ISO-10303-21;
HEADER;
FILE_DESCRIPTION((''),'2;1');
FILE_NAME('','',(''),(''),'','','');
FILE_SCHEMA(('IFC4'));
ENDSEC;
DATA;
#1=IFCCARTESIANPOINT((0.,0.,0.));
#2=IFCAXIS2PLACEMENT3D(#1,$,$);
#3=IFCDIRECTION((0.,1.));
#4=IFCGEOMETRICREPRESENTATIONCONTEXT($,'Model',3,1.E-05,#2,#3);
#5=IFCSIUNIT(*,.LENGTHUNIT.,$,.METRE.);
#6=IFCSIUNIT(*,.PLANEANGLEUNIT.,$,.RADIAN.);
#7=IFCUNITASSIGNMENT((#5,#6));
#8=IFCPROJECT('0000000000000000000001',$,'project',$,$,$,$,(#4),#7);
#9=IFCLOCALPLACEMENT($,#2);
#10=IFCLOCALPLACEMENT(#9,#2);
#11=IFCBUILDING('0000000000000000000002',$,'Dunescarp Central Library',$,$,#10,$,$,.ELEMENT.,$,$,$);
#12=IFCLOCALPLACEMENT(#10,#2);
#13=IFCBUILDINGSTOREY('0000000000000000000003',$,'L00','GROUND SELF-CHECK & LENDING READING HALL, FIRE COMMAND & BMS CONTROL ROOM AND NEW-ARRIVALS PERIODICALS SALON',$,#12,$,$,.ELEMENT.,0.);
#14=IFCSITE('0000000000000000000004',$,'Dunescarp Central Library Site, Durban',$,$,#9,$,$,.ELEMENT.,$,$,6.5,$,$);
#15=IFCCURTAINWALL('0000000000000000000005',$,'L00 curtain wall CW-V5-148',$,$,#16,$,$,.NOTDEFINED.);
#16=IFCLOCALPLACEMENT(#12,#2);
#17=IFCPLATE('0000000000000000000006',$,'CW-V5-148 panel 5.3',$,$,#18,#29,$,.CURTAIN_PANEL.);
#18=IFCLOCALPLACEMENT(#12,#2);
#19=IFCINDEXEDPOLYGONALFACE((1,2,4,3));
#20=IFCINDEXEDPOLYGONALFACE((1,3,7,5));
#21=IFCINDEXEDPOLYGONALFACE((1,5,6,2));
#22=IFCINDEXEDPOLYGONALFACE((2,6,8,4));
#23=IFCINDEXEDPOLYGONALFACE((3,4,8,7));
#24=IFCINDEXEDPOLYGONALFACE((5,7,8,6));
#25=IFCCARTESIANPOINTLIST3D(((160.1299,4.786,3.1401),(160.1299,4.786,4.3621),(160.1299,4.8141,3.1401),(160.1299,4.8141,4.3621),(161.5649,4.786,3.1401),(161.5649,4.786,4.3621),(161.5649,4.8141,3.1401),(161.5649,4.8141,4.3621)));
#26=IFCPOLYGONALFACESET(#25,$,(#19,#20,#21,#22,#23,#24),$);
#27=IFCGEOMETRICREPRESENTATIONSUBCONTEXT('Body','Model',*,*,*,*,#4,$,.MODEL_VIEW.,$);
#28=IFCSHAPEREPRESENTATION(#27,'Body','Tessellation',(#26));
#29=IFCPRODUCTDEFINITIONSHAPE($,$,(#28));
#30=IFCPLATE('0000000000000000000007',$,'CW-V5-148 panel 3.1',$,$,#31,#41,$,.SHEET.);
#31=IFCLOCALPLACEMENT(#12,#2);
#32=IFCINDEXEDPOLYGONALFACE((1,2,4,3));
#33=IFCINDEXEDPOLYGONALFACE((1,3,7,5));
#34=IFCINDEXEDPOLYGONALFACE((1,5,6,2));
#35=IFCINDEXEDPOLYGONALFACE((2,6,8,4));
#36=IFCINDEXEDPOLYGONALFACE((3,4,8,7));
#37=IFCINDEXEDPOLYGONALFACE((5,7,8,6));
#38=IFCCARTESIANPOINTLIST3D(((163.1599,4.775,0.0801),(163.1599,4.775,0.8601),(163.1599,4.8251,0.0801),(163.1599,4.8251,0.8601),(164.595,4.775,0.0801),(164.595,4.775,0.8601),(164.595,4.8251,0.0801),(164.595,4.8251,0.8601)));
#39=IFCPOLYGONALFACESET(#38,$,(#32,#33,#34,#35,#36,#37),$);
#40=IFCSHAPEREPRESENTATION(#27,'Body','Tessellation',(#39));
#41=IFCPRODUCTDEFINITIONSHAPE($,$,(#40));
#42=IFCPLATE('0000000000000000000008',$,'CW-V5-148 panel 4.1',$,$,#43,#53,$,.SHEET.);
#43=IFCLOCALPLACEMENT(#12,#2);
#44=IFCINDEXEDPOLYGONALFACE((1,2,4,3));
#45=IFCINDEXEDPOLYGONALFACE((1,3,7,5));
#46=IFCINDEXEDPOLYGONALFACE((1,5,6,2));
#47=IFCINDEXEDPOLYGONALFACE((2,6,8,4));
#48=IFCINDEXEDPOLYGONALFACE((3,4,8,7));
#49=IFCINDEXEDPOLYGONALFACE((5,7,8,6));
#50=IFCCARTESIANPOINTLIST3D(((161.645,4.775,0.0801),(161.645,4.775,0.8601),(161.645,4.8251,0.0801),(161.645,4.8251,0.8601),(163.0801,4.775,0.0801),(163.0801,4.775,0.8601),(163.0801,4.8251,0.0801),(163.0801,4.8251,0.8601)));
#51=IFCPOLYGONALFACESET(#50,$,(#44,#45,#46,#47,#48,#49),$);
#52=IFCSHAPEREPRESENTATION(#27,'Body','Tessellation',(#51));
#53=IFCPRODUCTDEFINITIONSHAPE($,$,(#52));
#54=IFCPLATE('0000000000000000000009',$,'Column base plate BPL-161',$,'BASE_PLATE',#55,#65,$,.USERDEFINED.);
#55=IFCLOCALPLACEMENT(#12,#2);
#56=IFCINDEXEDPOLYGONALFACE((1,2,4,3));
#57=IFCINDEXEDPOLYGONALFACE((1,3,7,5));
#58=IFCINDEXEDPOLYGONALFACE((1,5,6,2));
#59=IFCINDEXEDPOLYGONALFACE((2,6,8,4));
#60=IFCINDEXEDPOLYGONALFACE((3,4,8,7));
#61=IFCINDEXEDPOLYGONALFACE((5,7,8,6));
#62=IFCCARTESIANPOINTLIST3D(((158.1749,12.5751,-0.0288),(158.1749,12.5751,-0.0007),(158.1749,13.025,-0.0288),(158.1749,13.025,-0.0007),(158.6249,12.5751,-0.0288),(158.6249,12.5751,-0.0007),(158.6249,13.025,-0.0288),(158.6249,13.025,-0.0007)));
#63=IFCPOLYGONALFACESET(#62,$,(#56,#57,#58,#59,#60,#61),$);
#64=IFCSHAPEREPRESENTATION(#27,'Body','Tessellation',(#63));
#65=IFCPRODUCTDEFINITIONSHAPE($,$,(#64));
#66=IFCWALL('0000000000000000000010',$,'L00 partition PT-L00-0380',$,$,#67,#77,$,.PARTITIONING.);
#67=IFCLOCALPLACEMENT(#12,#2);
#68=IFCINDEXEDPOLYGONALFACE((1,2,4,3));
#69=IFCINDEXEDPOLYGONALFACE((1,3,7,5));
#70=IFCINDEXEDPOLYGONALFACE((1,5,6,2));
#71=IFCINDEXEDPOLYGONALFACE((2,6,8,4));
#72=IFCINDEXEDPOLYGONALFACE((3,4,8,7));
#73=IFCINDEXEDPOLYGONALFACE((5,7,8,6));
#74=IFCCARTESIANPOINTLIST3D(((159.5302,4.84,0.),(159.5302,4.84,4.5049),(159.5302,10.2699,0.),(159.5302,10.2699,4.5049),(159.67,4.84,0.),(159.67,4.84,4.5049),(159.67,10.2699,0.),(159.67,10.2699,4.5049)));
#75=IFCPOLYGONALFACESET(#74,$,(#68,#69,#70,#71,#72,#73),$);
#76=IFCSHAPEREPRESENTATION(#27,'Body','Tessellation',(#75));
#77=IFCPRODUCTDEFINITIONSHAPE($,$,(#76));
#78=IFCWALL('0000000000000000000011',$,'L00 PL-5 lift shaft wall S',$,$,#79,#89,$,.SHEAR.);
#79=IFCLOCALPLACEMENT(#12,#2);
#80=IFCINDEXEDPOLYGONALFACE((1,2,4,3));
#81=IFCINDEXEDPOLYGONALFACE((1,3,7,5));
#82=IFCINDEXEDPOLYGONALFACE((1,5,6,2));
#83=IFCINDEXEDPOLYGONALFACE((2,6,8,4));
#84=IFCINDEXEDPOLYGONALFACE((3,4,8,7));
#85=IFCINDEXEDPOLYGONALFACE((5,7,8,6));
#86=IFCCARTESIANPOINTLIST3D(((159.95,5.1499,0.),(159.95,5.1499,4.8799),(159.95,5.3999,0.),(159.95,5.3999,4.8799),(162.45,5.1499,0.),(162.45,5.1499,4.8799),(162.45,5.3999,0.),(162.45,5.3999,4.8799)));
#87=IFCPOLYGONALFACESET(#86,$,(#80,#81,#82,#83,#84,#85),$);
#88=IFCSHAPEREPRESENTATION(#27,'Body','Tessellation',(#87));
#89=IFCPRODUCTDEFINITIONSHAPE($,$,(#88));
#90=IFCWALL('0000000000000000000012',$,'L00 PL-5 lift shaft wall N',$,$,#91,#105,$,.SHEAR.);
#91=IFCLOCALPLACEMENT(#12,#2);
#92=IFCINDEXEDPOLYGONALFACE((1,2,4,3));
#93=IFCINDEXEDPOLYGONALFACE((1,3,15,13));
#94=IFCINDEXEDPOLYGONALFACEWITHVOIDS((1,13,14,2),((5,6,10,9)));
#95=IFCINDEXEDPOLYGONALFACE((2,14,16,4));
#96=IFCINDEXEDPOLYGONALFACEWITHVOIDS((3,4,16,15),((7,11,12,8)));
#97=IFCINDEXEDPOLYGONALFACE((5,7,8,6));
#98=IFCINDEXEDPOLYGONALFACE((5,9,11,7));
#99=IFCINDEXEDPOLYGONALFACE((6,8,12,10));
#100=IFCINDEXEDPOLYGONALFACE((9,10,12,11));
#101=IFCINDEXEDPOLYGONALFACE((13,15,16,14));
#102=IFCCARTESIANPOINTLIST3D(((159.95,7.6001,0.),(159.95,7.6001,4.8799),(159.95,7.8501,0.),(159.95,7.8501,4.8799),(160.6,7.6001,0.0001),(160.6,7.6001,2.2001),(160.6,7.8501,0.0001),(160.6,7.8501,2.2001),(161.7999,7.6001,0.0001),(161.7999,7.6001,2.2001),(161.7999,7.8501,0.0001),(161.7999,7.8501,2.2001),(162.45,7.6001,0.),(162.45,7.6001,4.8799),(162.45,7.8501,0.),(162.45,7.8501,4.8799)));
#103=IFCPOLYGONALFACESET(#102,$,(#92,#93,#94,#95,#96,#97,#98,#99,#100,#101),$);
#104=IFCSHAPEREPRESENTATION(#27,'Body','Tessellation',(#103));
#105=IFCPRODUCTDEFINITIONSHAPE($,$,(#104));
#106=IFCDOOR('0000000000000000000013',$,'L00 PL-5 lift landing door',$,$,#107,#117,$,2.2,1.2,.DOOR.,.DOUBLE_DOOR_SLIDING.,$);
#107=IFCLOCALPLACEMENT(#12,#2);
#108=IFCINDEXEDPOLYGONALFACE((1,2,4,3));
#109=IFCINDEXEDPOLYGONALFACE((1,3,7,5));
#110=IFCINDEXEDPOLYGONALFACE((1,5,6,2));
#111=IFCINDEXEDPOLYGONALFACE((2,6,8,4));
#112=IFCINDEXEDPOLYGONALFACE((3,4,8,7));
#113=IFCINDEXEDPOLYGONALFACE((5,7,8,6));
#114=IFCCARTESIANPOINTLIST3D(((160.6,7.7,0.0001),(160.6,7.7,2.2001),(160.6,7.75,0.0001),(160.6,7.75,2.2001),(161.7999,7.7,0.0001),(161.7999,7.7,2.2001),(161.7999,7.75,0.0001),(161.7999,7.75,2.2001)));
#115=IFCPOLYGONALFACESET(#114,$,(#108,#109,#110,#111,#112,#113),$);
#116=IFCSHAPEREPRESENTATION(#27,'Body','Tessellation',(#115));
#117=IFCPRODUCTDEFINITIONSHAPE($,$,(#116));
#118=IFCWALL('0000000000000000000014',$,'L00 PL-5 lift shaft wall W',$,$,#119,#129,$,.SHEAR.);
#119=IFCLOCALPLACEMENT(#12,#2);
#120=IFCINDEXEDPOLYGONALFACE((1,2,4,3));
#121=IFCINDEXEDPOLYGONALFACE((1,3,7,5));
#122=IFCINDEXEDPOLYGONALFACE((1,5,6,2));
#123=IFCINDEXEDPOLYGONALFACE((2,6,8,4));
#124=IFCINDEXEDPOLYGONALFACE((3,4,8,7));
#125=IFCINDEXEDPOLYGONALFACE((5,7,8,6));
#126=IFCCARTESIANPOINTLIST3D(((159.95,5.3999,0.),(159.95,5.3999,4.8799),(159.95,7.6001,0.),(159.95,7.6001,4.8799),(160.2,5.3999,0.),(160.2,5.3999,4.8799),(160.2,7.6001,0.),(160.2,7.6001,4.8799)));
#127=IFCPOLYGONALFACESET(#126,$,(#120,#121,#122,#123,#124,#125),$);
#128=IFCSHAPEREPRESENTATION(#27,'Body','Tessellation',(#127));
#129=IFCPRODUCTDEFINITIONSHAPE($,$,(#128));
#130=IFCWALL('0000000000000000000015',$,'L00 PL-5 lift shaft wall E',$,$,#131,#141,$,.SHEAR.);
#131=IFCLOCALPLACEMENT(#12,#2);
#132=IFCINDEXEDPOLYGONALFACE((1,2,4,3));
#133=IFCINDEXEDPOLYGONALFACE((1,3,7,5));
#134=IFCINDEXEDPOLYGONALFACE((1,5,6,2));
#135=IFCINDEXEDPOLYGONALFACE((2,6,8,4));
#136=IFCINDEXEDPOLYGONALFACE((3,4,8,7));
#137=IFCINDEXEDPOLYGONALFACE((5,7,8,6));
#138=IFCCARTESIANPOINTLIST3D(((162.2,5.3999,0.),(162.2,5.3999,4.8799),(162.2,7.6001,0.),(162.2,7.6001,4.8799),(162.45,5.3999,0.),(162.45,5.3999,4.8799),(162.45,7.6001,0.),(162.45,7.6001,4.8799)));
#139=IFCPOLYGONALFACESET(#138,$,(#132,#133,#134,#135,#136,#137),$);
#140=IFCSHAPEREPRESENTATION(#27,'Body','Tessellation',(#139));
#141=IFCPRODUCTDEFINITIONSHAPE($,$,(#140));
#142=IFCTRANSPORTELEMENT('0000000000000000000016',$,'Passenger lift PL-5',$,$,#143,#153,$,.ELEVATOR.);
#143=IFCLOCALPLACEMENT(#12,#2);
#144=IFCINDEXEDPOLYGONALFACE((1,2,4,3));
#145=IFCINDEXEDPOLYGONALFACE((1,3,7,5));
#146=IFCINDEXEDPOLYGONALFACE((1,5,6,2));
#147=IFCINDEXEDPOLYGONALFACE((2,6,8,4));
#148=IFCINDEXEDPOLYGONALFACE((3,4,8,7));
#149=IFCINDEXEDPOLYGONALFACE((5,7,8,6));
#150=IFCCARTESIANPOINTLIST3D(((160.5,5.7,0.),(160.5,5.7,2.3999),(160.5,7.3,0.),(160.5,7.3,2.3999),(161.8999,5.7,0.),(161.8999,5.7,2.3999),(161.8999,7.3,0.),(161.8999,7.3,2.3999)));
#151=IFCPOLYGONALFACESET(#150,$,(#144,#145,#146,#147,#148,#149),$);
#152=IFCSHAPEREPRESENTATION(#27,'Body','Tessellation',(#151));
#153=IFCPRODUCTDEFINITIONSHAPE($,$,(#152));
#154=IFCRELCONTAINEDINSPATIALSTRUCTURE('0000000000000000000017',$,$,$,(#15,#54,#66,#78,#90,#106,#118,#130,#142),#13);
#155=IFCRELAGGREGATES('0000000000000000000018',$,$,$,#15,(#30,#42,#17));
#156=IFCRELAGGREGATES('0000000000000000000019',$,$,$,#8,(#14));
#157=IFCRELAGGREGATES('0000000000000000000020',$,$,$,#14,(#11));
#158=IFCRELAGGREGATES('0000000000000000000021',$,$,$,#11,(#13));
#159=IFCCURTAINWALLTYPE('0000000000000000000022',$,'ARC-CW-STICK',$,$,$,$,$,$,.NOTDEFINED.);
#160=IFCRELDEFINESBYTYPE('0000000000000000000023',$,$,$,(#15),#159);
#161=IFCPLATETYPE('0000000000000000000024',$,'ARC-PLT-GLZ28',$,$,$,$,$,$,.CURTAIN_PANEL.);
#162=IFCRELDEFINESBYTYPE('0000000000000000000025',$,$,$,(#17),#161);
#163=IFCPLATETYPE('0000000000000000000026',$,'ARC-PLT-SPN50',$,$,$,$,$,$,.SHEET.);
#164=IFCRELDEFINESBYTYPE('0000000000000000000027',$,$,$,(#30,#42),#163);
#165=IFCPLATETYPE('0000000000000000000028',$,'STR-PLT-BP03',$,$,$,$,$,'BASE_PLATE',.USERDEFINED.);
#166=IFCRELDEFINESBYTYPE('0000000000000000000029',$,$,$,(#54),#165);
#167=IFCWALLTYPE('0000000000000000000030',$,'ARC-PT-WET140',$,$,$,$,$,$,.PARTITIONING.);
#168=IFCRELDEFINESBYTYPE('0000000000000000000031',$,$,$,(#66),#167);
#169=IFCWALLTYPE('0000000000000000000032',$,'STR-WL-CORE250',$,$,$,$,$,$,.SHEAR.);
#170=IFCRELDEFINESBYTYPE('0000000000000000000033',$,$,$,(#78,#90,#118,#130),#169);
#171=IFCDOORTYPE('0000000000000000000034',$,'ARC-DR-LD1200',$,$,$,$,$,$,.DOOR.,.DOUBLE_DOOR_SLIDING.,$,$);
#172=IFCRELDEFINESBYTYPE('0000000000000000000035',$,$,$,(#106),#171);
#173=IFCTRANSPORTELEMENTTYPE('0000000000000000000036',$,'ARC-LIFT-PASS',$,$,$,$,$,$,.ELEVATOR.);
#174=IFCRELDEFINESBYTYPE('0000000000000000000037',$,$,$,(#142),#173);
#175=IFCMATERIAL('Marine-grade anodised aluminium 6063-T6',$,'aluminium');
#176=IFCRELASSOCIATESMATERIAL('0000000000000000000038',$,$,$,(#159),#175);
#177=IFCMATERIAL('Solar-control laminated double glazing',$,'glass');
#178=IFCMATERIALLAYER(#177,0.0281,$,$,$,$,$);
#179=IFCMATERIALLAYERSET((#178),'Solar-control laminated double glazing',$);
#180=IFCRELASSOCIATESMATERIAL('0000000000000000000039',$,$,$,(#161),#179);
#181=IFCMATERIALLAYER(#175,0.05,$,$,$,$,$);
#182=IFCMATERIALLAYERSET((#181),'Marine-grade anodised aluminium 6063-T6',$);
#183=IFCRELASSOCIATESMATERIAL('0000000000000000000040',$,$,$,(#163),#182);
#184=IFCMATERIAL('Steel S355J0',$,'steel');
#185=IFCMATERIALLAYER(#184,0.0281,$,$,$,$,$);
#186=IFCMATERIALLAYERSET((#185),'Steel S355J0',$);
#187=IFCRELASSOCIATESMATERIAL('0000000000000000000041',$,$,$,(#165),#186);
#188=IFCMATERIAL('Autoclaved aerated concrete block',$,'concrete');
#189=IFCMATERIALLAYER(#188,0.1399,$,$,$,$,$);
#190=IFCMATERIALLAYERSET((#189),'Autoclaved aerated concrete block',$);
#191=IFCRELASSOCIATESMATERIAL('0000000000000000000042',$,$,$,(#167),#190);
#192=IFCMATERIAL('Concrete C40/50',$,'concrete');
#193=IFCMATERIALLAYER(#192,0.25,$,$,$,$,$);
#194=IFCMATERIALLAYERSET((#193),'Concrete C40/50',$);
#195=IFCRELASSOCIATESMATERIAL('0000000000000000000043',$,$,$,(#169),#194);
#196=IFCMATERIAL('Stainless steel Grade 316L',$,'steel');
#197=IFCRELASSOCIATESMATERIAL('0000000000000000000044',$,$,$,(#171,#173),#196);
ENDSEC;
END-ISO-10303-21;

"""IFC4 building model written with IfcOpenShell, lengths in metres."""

from ifc_helpers import new_model, si_unit, direction, frame, frame_2d, origin, origin_2d, place, context, subcontext, project, spatial, rectangle, extrude, material, layer, layer_set, type_object, element, fill, aggregate, save


model = new_model("IFC4")

# Units and contexts
model_context = context("Model", 3, precision=1e-05, world=origin(), true_north=direction((0.0, 1.0)))
body_context = subcontext(model_context, "Body", "Model", "MODEL_VIEW")
ifc_project = project(units=[si_unit("LENGTHUNIT", "METRE"), si_unit("PLANEANGLEUNIT", "RADIAN")], contexts=[model_context])

# Site, building, storey
site_placement = place(None, origin())
site = spatial("IfcSite", under=ifc_project, at=site_placement, Name="Dunescarp Central Library Site, Durban", CompositionType="ELEMENT", RefElevation=6.5)
building_placement = place(site_placement, origin())
building = spatial("IfcBuilding", under=site, at=building_placement, Name="Dunescarp Central Library", CompositionType="ELEMENT")
storey_placement = place(building_placement, origin())
storey = spatial("IfcBuildingStorey", under=building, at=storey_placement, Name="L00", Description="GROUND SELF-CHECK & LENDING READING HALL, FIRE COMMAND & BMS CONTROL ROOM AND NEW-ARRIVALS PERIODICALS SALON", CompositionType="ELEMENT", Elevation=0.0)

# Shared definitions
ifc_material_1 = material(Name="Concrete C40/50", Category="concrete")

# Curtain wall, plates
ifc_material_2 = material(Name="Marine-grade anodised aluminium 6063-T6", Category="aluminium")
curtain_wall_type = type_object("IfcCurtainWallType", Name="ARC-CW-STICK", PredefinedType="NOTDEFINED", material=ifc_material_2)
curtain_wall_placement = place(storey_placement, origin())
curtain_wall = element("IfcCurtainWall", 1, at=curtain_wall_placement, inside=storey, type_object=curtain_wall_type, Name="L00 curtain wall CW-V5-148", PredefinedType="NOTDEFINED")
ifc_material_3 = material(Name="Solar-control laminated double glazing", Category="glass")
ifc_layer_1 = layer(ifc_material_3, 0.0281)
ifc_layer_set_1 = layer_set([ifc_layer_1], Name="Solar-control laminated double glazing")
plate_type_1 = type_object("IfcPlateType", Name="ARC-PLT-GLZ28", PredefinedType="CURTAIN_PANEL", material=ifc_layer_set_1)
plate_1_placement = place(storey_placement, frame((160.8474, 4.8, 3.1401), z_axis=(0.0, 0.0, 1.0), x_axis=(-1.0, 0.0, 0.0)))
plate_1 = element("IfcPlate", 2, at=plate_1_placement, type_object=plate_type_1, Name="CW-V5-148 panel 5.3", PredefinedType="CURTAIN_PANEL", context=body_context, shape_type="SweptSolid", body=[
    extrude(rectangle(XDim=1.4351, YDim=0.0281, at=origin_2d()), origin(), (0.0, 0.0, 1.0), 1.2219),
])
ifc_layer_2 = layer(ifc_material_2, 0.05)
ifc_layer_set_2 = layer_set([ifc_layer_2], Name="Marine-grade anodised aluminium 6063-T6")
plate_type_2 = type_object("IfcPlateType", Name="ARC-PLT-SPN50", PredefinedType="SHEET", material=ifc_layer_set_2)
plate_2_placement = place(storey_placement, frame((163.8774, 4.8, 0.0801), z_axis=(0.0, 0.0, 1.0), x_axis=(-1.0, 0.0, 0.0)))
plate_2 = element("IfcPlate", 3, at=plate_2_placement, type_object=plate_type_2, Name="CW-V5-148 panel 3.1", PredefinedType="SHEET", context=body_context, shape_type="SweptSolid", body=[
    extrude(rectangle(XDim=1.4351, YDim=0.05, at=origin_2d()), origin(), (0.0, 0.0, 1.0), 0.78),
])
plate_3_placement = place(storey_placement, frame((162.3625, 4.8, 0.0801), z_axis=(0.0, 0.0, 1.0), x_axis=(-1.0, 0.0, 0.0)))
plate_3 = element("IfcPlate", 4, at=plate_3_placement, type_object=plate_type_2, Name="CW-V5-148 panel 4.1", PredefinedType="SHEET", context=body_context, shape_type="SweptSolid", body=[
    extrude(rectangle(XDim=1.4351, YDim=0.05, at=origin_2d()), origin(), (0.0, 0.0, 1.0), 0.78),
])
aggregate(curtain_wall, [plate_2, plate_3, plate_1])

# Plate
ifc_material_4 = material(Name="Steel S355J0", Category="steel")
ifc_layer_3 = layer(ifc_material_4, 0.0281)
ifc_layer_set_3 = layer_set([ifc_layer_3], Name="Steel S355J0")
plate_type_3 = type_object("IfcPlateType", Name="STR-PLT-BP03", ElementType="BASE_PLATE", PredefinedType="USERDEFINED", material=ifc_layer_set_3)
plate_4_placement = place(storey_placement, frame((158.3999, 12.8, -0.0288), z_axis=(0.0, 0.0, 1.0), x_axis=(1.0, 0.0, 0.0)))
element("IfcPlate", 5, at=plate_4_placement, inside=storey, type_object=plate_type_3, Name="Column base plate BPL-161", ObjectType="BASE_PLATE", PredefinedType="USERDEFINED", context=body_context, shape_type="SweptSolid", body=[
    extrude(rectangle(XDim=0.45, YDim=0.45, at=origin_2d()), origin(), (0.0, 0.0, 1.0), 0.0281),
])

# Walls
ifc_material_5 = material(Name="Autoclaved aerated concrete block", Category="concrete")
ifc_layer_4 = layer(ifc_material_5, 0.1399)
ifc_layer_set_4 = layer_set([ifc_layer_4], Name="Autoclaved aerated concrete block")
wall_type_1 = type_object("IfcWallType", Name="ARC-PT-WET140", PredefinedType="PARTITIONING", material=ifc_layer_set_4)
wall_1_placement = place(storey_placement, frame((159.6001, 4.8401, 0.0), z_axis=(0.0, 0.0, 1.0), x_axis=(0.0, 1.0, 0.0)))
element("IfcWall", 6, at=wall_1_placement, inside=storey, type_object=wall_type_1, Name="L00 partition PT-L00-0380", PredefinedType="PARTITIONING", context=body_context, shape_type="SweptSolid", body=[
    extrude(rectangle(XDim=5.4299, YDim=0.1399, at=frame_2d((2.7148, 0.0))), origin(), (0.0, 0.0, 1.0), 4.5049),
])
ifc_layer_5 = layer(ifc_material_1, 0.25)
ifc_layer_set_5 = layer_set([ifc_layer_5], Name="Concrete C40/50")
wall_type_2 = type_object("IfcWallType", Name="STR-WL-CORE250", PredefinedType="SHEAR", material=ifc_layer_set_5)
wall_2_placement = place(storey_placement, frame((162.45, 5.2749, 0.0), z_axis=(0.0, 0.0, 1.0), x_axis=(-1.0, 0.0, 0.0)))
element("IfcWall", 7, at=wall_2_placement, inside=storey, type_object=wall_type_2, Name="L00 PL-5 lift shaft wall S", PredefinedType="SHEAR", context=body_context, shape_type="SweptSolid", body=[
    extrude(rectangle(XDim=2.5, YDim=0.25, at=frame_2d((1.25, 0.0))), origin(), (0.0, 0.0, 1.0), 4.8799),
])

# Wall, opening, door
wall_3_placement = place(storey_placement, frame((159.95, 7.7251, 0.0), z_axis=(0.0, 0.0, 1.0), x_axis=(1.0, 0.0, 0.0)))
wall_3 = element("IfcWall", 8, at=wall_3_placement, inside=storey, type_object=wall_type_2, Name="L00 PL-5 lift shaft wall N", PredefinedType="SHEAR", context=body_context, shape_type="SweptSolid", body=[
    extrude(rectangle(XDim=2.5, YDim=0.25, at=frame_2d((1.25, 0.0))), origin(), (0.0, 0.0, 1.0), 4.8799),
])
opening_placement = place(wall_3_placement, frame((0.6499, 0.0, 0.0)))
opening = element("IfcOpeningElement", 9, at=opening_placement, cuts=wall_3, PredefinedType="OPENING", context=body_context, shape_type="SweptSolid", body=[
    extrude(rectangle(XDim=1.2, YDim=2.2, at=frame_2d((0.6001, 1.1001))), frame((0.0, 0.135, 0.0), z_axis=(0.0, -1.0, 0.0), x_axis=(1.0, 0.0, 0.0)), (0.0, 0.0, 1.0), 0.27),
])
ifc_material_6 = material(Name="Stainless steel Grade 316L", Category="steel")
door_type = type_object("IfcDoorType", Name="ARC-DR-LD1200", OperationType="DOUBLE_DOOR_SLIDING", PredefinedType="DOOR", material=ifc_material_6)
door_placement = place(opening_placement, origin())
door = element("IfcDoor", 10, at=door_placement, inside=storey, type_object=door_type, Name="L00 PL-5 lift landing door", OperationType="DOUBLE_DOOR_SLIDING", OverallHeight=2.2, OverallWidth=1.2, PredefinedType="DOOR", context=body_context, shape_type="SweptSolid", body=[
    extrude(rectangle(XDim=1.2, YDim=2.2, at=frame_2d((0.6001, 1.1001))), frame((0.0, 0.0249, 0.0), z_axis=(0.0, -1.0, 0.0), x_axis=(1.0, 0.0, 0.0)), (0.0, 0.0, 1.0), 0.05),
])
fill(opening, door)

# Walls
for number, where, z_axis, x_axis, name in (
    (11, (160.075, 5.3999, 0.0), (0.0, 0.0, 1.0), (0.0, 1.0, 0.0), "L00 PL-5 lift shaft wall W"),
    (12, (162.325, 7.6001, 0.0), (0.0, 0.0, 1.0), (0.0, -1.0, 0.0), "L00 PL-5 lift shaft wall E"),
):
    element("IfcWall", number, at=place(storey_placement, frame(where, z_axis=z_axis, x_axis=x_axis)), inside=storey, type_object=wall_type_2, Name=name, PredefinedType="SHEAR", context=body_context, shape_type="SweptSolid", body=[
        extrude(rectangle(XDim=2.2002, YDim=0.25, at=frame_2d((1.1001, 0.0))), origin(), (0.0, 0.0, 1.0), 4.8799),
    ])

# Transport element
transport_element_type = type_object("IfcTransportElementType", Name="ARC-LIFT-PASS", PredefinedType="ELEVATOR", material=ifc_material_6)
transport_element_placement = place(storey_placement, frame((161.2, 6.5, 0.0), z_axis=(0.0, 0.0, 1.0), x_axis=(1.0, 0.0, 0.0)))
element("IfcTransportElement", 13, at=transport_element_placement, inside=storey, type_object=transport_element_type, Name="Passenger lift PL-5", PredefinedType="ELEVATOR", context=body_context, shape_type="SweptSolid", body=[
    extrude(rectangle(XDim=1.3999, YDim=1.6001, at=origin_2d()), origin(), (0.0, 0.0, 1.0), 2.3999),
])

save(model, "model.ifc")
